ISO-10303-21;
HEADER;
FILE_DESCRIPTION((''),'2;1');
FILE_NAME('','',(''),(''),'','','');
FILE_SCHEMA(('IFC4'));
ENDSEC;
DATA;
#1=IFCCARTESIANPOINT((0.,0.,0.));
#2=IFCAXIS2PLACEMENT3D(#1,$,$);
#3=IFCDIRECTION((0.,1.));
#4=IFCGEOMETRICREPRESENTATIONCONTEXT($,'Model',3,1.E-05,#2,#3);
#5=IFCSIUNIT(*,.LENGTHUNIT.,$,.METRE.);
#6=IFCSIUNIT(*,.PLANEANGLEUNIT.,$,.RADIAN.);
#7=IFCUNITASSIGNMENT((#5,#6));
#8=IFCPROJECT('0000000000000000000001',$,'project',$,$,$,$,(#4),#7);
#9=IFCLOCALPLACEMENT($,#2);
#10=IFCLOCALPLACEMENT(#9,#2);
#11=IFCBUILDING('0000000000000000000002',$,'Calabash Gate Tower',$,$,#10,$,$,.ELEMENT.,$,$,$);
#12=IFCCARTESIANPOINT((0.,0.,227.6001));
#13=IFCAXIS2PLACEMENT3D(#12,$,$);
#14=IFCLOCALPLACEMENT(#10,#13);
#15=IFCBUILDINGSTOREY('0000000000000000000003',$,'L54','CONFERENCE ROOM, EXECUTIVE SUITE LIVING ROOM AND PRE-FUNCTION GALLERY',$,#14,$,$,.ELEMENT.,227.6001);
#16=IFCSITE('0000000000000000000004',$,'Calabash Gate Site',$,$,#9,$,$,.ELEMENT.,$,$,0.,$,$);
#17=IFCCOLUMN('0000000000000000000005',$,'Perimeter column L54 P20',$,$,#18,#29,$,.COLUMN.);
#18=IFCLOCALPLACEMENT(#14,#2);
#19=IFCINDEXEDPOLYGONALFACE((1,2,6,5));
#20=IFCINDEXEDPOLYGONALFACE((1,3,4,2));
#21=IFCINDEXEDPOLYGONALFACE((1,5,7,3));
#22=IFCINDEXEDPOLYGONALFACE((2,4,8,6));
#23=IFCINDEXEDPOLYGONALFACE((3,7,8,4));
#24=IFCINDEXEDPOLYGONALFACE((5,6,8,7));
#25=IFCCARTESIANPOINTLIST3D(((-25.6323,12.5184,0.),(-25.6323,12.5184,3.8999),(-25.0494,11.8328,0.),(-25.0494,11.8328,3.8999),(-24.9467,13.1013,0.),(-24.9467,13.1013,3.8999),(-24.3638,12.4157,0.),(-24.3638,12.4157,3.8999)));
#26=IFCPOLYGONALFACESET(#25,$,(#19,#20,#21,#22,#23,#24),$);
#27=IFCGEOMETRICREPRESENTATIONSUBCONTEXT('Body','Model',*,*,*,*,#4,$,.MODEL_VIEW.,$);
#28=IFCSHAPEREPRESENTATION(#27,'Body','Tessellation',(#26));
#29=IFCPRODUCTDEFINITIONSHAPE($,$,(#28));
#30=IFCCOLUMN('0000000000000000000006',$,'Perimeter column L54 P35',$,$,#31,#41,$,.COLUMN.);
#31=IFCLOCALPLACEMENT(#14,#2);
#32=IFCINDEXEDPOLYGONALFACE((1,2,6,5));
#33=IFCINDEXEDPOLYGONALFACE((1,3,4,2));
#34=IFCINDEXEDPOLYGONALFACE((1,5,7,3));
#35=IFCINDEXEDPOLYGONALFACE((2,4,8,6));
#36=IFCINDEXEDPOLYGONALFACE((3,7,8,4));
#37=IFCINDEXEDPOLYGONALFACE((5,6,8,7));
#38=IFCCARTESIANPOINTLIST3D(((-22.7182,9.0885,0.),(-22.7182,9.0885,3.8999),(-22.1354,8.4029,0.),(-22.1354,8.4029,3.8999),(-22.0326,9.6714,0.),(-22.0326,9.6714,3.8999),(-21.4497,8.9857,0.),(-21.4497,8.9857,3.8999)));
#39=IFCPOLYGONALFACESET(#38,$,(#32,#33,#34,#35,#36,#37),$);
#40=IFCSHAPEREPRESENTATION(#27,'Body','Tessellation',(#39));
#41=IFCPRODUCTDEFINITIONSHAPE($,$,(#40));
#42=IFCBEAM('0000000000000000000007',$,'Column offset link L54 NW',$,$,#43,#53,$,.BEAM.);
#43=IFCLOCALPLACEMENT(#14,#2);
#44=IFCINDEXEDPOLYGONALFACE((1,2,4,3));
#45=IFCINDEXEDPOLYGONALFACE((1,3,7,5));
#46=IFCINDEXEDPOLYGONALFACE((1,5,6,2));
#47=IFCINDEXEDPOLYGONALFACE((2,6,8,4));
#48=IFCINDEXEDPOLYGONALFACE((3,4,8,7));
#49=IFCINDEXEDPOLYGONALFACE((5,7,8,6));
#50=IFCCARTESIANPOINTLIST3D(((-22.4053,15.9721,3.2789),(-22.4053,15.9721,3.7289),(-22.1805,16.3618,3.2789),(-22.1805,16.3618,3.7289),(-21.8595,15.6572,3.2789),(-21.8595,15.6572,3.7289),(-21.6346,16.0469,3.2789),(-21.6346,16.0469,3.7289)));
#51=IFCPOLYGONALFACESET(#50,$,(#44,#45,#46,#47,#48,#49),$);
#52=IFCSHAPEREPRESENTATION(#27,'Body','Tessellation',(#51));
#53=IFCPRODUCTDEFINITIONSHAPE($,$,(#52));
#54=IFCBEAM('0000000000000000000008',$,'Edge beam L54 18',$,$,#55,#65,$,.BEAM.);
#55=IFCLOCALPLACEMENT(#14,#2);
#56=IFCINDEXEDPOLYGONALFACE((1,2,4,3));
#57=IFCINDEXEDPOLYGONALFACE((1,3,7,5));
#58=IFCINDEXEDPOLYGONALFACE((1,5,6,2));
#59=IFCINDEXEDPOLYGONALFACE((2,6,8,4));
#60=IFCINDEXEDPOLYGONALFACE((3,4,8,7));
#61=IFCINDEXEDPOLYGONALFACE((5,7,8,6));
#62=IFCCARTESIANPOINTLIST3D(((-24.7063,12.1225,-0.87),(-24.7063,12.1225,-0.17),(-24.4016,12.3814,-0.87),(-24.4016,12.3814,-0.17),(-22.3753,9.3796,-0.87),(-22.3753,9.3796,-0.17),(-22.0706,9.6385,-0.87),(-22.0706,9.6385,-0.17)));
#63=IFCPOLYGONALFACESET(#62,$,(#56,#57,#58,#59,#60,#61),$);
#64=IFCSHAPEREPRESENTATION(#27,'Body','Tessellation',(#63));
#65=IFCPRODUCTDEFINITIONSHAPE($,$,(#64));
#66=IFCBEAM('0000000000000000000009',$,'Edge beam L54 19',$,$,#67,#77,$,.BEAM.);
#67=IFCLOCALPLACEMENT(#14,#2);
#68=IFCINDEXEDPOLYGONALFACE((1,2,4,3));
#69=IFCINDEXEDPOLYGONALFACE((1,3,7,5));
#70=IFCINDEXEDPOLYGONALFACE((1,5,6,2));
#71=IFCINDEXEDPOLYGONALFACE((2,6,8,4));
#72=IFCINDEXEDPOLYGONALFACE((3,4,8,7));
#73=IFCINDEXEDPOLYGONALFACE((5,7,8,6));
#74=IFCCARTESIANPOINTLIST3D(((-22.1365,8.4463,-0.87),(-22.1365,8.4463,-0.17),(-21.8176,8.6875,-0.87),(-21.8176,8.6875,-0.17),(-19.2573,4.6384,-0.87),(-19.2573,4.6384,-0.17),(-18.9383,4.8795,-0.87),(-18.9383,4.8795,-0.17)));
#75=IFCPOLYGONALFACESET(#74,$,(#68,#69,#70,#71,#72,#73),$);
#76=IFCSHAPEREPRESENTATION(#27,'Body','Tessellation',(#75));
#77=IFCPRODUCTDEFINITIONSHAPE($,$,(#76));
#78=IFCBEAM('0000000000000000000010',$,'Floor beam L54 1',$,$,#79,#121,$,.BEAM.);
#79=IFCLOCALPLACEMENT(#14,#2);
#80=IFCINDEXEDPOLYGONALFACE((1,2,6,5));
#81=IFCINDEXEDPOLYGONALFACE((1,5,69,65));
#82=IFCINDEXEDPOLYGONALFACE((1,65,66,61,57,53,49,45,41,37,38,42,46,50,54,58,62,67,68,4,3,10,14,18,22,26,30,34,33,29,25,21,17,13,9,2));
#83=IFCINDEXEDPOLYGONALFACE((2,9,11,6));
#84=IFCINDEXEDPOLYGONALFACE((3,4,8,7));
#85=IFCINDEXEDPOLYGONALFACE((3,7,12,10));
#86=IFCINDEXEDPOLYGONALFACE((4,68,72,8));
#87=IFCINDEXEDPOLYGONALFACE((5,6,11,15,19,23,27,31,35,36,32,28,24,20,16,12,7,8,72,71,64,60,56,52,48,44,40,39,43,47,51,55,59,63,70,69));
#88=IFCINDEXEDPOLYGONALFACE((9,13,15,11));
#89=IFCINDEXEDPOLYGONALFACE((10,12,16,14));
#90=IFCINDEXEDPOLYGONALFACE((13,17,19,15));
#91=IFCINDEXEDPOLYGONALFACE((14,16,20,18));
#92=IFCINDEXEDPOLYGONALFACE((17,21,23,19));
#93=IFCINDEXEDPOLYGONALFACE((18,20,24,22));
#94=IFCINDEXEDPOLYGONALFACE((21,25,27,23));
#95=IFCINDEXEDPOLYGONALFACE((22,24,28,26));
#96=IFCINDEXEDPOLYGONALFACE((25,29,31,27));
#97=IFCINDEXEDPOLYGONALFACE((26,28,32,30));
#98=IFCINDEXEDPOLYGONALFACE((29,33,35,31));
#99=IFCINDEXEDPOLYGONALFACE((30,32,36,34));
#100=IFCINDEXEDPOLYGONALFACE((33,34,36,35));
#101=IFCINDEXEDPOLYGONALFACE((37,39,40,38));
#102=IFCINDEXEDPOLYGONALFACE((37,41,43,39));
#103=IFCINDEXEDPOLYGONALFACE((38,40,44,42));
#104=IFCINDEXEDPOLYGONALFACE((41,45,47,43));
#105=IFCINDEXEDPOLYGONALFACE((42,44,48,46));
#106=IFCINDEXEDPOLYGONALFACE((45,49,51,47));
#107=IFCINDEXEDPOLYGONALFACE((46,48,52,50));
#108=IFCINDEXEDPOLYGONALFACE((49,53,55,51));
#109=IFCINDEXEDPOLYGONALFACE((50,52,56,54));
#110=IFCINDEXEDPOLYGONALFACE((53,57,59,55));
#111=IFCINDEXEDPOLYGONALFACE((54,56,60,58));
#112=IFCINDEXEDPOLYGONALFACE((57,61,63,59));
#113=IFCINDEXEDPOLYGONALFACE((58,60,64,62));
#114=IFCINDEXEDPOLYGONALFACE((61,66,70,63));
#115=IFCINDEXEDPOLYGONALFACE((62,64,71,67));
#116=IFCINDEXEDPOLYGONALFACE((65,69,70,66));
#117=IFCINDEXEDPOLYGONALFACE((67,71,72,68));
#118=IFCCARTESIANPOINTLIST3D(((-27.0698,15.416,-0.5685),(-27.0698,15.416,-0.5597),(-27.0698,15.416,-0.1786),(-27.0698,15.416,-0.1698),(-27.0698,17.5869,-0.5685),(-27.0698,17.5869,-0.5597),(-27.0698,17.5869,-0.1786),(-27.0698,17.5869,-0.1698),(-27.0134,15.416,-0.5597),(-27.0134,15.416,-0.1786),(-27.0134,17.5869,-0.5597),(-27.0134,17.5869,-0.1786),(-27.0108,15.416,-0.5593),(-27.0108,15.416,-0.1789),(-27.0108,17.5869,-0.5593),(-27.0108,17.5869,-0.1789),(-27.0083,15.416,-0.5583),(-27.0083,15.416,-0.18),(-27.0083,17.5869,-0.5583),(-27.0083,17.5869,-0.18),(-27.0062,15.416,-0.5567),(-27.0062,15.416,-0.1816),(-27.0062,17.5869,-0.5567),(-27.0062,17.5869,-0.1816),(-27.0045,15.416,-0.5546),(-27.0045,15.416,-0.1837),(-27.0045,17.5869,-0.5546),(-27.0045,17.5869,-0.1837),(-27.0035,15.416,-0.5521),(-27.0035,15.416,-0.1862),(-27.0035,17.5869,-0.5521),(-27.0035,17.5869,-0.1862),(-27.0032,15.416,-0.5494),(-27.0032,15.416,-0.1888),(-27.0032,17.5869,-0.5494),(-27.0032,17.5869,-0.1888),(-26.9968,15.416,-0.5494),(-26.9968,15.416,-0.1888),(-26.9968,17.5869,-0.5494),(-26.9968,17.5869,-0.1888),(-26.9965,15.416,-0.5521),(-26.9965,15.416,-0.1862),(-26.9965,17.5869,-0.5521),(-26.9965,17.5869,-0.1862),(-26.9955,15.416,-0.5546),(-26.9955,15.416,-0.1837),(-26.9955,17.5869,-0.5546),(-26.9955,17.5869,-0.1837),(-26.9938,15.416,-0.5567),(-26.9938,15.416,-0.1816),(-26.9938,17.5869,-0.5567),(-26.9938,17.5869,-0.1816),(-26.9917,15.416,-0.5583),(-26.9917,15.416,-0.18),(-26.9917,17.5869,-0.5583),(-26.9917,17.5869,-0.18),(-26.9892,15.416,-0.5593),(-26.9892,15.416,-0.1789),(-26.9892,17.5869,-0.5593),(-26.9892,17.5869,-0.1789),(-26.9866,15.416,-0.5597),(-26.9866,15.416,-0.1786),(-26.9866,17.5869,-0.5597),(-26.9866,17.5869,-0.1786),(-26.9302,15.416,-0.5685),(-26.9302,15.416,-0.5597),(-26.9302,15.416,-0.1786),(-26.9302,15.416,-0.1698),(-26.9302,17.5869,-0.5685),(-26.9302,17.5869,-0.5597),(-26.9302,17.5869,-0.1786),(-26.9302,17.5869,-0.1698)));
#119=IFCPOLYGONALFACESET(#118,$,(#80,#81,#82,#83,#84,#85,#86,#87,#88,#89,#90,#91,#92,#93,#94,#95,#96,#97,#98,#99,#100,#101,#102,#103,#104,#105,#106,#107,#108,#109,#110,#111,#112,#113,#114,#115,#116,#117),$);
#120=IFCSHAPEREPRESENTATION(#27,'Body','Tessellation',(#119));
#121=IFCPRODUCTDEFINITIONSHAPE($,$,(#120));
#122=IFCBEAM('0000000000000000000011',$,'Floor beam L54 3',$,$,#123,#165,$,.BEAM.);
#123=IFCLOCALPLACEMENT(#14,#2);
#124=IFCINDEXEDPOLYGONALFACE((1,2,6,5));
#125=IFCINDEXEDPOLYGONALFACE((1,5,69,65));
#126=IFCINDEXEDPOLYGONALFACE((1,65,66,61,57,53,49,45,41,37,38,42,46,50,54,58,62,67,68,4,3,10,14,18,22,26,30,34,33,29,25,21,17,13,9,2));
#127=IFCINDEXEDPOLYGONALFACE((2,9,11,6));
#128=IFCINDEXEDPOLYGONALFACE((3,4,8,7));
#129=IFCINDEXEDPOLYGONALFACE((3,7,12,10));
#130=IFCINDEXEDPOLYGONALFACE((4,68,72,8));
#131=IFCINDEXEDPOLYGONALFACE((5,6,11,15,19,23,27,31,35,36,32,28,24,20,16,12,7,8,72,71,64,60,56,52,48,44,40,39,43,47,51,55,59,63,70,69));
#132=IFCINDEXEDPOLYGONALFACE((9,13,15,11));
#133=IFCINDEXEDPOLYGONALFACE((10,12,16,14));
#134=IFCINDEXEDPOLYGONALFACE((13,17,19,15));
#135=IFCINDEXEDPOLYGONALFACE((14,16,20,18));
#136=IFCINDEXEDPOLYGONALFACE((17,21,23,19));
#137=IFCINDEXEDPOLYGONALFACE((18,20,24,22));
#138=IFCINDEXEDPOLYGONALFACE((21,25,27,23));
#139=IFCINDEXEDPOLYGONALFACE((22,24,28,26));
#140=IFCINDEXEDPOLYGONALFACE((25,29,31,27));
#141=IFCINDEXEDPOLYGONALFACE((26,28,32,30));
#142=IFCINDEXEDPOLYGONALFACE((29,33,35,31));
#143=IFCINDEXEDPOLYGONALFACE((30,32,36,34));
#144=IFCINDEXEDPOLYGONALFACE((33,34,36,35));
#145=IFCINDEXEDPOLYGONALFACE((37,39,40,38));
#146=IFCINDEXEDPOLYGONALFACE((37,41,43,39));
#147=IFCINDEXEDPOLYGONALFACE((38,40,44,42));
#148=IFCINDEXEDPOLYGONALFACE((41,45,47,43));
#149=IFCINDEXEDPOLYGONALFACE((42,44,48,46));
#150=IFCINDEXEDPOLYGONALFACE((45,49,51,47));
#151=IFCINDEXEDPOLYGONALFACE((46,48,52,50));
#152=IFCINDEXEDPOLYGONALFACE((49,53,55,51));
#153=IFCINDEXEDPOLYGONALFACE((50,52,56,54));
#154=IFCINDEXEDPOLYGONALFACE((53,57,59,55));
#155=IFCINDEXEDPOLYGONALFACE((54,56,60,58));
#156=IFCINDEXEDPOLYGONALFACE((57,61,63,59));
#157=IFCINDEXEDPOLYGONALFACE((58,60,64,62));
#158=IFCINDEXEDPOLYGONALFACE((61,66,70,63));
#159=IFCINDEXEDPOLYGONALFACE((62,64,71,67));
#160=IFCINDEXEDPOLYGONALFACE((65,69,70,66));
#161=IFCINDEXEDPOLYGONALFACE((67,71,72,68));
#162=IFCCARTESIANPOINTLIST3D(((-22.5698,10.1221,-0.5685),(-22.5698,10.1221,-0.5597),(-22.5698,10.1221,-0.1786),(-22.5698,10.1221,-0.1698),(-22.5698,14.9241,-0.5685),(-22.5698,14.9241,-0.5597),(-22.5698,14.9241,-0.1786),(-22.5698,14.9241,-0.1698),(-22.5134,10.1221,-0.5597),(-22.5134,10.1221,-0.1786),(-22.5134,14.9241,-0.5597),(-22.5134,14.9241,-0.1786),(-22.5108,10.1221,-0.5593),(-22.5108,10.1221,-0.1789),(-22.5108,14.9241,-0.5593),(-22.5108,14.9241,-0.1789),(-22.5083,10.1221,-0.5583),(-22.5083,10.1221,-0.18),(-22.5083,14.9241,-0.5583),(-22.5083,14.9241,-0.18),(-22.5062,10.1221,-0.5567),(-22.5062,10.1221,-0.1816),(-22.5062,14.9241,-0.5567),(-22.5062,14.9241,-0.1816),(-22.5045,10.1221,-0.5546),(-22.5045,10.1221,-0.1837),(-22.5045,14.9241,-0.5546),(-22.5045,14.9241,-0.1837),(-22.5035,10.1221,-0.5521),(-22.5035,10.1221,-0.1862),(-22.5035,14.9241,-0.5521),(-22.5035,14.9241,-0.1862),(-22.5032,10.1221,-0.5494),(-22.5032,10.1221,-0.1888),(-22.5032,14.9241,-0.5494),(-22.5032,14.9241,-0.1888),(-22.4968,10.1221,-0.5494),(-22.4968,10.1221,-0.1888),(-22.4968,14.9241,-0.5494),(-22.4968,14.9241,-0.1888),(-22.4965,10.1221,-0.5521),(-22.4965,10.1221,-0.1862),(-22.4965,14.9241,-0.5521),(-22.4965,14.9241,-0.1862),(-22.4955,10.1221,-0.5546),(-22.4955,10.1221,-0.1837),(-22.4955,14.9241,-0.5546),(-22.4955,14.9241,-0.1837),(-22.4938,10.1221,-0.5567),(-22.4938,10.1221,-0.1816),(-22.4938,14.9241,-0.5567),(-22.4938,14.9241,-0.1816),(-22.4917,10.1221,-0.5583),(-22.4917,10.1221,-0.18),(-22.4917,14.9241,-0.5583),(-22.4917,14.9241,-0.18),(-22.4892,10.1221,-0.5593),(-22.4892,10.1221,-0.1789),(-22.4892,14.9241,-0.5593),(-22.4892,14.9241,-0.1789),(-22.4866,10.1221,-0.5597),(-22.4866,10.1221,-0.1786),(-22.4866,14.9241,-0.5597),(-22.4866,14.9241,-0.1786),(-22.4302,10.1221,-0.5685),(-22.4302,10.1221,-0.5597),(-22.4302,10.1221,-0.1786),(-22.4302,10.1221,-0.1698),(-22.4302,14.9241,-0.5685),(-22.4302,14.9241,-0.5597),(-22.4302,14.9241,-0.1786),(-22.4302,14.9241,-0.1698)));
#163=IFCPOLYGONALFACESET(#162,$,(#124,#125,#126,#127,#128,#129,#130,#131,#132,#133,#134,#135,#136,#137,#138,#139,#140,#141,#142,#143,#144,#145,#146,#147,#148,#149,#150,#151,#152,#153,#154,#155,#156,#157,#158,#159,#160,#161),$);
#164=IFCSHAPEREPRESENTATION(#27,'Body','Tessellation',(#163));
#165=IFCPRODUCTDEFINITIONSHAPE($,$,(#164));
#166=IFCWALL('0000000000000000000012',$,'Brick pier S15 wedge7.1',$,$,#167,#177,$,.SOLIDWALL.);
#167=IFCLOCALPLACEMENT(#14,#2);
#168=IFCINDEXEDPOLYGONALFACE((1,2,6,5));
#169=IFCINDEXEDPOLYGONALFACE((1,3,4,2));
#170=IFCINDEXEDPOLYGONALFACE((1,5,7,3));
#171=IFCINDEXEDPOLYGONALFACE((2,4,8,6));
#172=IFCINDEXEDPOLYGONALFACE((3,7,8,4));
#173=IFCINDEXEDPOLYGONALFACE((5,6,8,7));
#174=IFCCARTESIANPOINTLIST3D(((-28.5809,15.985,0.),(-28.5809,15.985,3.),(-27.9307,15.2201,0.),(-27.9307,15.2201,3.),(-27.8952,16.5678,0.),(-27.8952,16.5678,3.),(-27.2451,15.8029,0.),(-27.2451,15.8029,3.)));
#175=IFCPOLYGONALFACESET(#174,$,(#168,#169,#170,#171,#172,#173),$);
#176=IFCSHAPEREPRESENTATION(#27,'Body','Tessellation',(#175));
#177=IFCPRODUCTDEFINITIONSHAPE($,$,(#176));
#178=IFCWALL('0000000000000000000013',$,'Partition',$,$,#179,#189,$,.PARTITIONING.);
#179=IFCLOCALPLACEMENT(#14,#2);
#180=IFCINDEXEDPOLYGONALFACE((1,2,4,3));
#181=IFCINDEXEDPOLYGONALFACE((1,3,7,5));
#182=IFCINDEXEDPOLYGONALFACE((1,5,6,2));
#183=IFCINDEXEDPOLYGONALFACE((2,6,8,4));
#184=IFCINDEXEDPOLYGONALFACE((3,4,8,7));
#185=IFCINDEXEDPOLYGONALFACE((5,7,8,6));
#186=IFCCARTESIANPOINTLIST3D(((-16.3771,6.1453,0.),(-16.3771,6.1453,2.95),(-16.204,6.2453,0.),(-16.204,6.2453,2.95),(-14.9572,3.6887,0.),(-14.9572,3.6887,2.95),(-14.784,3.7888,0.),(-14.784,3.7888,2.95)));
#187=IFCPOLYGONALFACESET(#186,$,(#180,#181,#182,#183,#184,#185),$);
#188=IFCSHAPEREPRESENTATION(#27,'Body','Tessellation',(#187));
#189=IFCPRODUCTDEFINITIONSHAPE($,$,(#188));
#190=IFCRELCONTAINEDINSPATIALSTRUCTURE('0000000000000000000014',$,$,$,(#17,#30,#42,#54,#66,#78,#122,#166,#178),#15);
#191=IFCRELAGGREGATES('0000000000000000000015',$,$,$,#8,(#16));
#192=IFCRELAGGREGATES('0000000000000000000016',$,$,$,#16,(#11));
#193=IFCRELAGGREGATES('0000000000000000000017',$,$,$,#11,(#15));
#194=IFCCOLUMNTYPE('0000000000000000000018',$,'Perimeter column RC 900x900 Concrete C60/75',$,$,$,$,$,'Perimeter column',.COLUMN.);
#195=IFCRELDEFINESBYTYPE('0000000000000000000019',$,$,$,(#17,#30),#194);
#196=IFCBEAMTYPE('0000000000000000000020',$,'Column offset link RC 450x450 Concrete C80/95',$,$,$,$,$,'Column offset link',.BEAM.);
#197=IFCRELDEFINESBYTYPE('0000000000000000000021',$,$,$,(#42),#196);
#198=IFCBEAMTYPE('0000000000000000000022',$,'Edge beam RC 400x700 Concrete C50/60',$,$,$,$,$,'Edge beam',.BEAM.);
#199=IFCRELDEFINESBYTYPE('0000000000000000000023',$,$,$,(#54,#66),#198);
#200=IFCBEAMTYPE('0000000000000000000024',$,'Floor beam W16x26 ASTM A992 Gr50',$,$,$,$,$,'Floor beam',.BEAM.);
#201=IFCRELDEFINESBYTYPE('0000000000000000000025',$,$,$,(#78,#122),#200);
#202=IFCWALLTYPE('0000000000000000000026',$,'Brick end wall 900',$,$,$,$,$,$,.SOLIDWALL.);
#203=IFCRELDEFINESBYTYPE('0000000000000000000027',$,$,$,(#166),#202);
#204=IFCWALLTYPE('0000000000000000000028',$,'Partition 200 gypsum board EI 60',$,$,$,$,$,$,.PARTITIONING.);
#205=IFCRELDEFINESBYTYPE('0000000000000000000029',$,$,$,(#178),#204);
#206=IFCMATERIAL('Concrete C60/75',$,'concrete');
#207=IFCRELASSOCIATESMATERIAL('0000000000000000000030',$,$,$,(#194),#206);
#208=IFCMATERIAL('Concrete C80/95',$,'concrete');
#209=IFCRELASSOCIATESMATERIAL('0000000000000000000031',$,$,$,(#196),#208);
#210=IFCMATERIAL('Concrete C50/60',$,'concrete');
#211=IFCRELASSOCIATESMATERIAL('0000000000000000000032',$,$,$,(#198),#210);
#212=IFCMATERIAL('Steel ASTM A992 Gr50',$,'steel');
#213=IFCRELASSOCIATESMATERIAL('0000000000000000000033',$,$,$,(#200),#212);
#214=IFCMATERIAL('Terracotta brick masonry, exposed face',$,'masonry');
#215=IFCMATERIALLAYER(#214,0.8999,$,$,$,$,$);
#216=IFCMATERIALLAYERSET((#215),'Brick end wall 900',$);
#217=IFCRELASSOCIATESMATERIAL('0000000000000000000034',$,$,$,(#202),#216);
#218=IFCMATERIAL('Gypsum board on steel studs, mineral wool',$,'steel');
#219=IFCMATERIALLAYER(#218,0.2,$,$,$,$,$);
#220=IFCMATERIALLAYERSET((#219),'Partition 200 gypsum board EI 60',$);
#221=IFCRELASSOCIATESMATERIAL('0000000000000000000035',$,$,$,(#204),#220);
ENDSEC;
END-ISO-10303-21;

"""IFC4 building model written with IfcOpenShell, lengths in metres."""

from ifc_helpers import new_model, si_unit, direction, frame, frame_2d, origin, origin_2d, place, context, subcontext, project, spatial, rectangle, i_section, extrude, material, layer, layer_set, material_profile, profile_set, type_object, element, save


model = new_model("IFC4")

# Units and contexts
model_context = context("Model", 3, precision=1e-05, world=origin(), true_north=direction((0.0, 1.0)))
body_context = subcontext(model_context, "Body", "Model", "MODEL_VIEW")
ifc_project = project(units=[si_unit("LENGTHUNIT", "METRE"), si_unit("PLANEANGLEUNIT", "RADIAN")], contexts=[model_context])

# Site, building, storey
site_placement = place(None, origin())
site = spatial("IfcSite", under=ifc_project, at=site_placement, Name="Calabash Gate Site", CompositionType="ELEMENT", RefElevation=0.0)
building_placement = place(site_placement, origin())
building = spatial("IfcBuilding", under=site, at=building_placement, Name="Calabash Gate Tower", CompositionType="ELEMENT")
storey_placement = place(building_placement, frame((0.0, 0.0, 227.6001)))
storey = spatial("IfcBuildingStorey", under=building, at=storey_placement, Name="L54", Description="CONFERENCE ROOM, EXECUTIVE SUITE LIVING ROOM AND PRE-FUNCTION GALLERY", CompositionType="ELEMENT", Elevation=227.6001)

# Columns
ifc_material_1 = material(Name="Concrete C60/75", Category="concrete")
ifc_material_profile_1 = material_profile(ifc_material_1, rectangle(XDim=0.8999, YDim=0.8999, at=origin_2d()))
ifc_profile_set_1 = profile_set([ifc_material_profile_1], Name="Concrete C60/75")
column_type = type_object("IfcColumnType", Name="Perimeter column RC 900x900 Concrete C60/75", ElementType="Perimeter column", PredefinedType="COLUMN", material=ifc_profile_set_1)
for number, where, z_axis, x_axis, name in (
    (1, (-24.998, 12.467, 0.0), (0.0, 0.0, 1.0), (0.647704, -0.761892, 0.0), "Perimeter column L54 P20"),
    (2, (-22.084, 9.0371, 0.0), (0.0, 0.0, 1.0), (0.647704, -0.761892, 0.0), "Perimeter column L54 P35"),
):
    element("IfcColumn", number, at=place(storey_placement, frame(where, z_axis=z_axis, x_axis=x_axis)), inside=storey, type_object=column_type, Name=name, PredefinedType="COLUMN", context=body_context, shape_type="SweptSolid", body=[
        extrude(rectangle(XDim=0.8999, YDim=0.8999, at=origin_2d()), origin(), (0.0, 0.0, 1.0), 3.8999),
    ])

# Beams
ifc_material_2 = material(Name="Concrete C80/95", Category="concrete")
ifc_material_profile_2 = material_profile(ifc_material_2, rectangle(XDim=0.45, YDim=0.45, at=origin_2d()))
ifc_profile_set_2 = profile_set([ifc_material_profile_2], Name="Concrete C80/95")
beam_type_1 = type_object("IfcBeamType", Name="Column offset link RC 450x450 Concrete C80/95", ElementType="Column offset link", PredefinedType="BEAM", material=ifc_profile_set_2)
beam_1_placement = place(storey_placement, frame((-21.7471, 15.8521, 3.5039), z_axis=(-0.866186, 0.499722, 0.0), x_axis=(-0.499722, -0.866186, 0.0)))
element("IfcBeam", 3, at=beam_1_placement, inside=storey, type_object=beam_type_1, Name="Column offset link L54 NW", PredefinedType="BEAM", context=body_context, shape_type="SweptSolid", body=[
    extrude(rectangle(XDim=0.45, YDim=0.45, at=origin_2d()), origin(), (0.0, 0.0, 1.0), 0.6301),
])
ifc_material_3 = material(Name="Concrete C50/60", Category="concrete")
ifc_material_profile_3 = material_profile(ifc_material_3, rectangle(XDim=0.3999, YDim=0.7, at=origin_2d()))
ifc_profile_set_3 = profile_set([ifc_material_profile_3], Name="Concrete C50/60")
beam_type_2 = type_object("IfcBeamType", Name="Edge beam RC 400x700 Concrete C50/60", ElementType="Edge beam", PredefinedType="BEAM", material=ifc_profile_set_3)
beam_2_placement = place(storey_placement, frame((-24.554, 12.252, -0.52), z_axis=(0.64758, -0.761998, 0.0), x_axis=(0.761998, 0.64758, 0.0)))
element("IfcBeam", 4, at=beam_2_placement, inside=storey, type_object=beam_type_2, Name="Edge beam L54 18", PredefinedType="BEAM", context=body_context, shape_type="SweptSolid", body=[
    extrude(rectangle(XDim=0.3999, YDim=0.7, at=origin_2d()), origin(), (0.0, 0.0, 1.0), 3.5996),
])
beam_3_placement = place(storey_placement, frame((-21.9771, 8.5669, -0.52), z_axis=(0.603113, -0.797656, 0.0), x_axis=(0.797656, 0.603113, 0.0)))
element("IfcBeam", 5, at=beam_3_placement, inside=storey, type_object=beam_type_2, Name="Edge beam L54 19", PredefinedType="BEAM", context=body_context, shape_type="SweptSolid", body=[
    extrude(rectangle(XDim=0.3999, YDim=0.7, at=origin_2d()), origin(), (0.0, 0.0, 1.0), 4.7739),
])
ifc_material_4 = material(Name="Steel ASTM A992 Gr50", Category="steel")
ifc_material_profile_4 = material_profile(ifc_material_4, i_section(OverallWidth=0.1396, OverallDepth=0.3987, WebThickness=0.0063, FlangeThickness=0.0088, FilletRadius=0.0103, at=origin_2d()))
ifc_profile_set_4 = profile_set([ifc_material_profile_4], Name="Steel ASTM A992 Gr50")
beam_type_3 = type_object("IfcBeamType", Name="Floor beam W16x26 ASTM A992 Gr50", ElementType="Floor beam", PredefinedType="BEAM", material=ifc_profile_set_4)
beam_4_placement = place(storey_placement, frame((-27.0, 15.416, -0.3691), z_axis=(0.0, 1.0, 0.0), x_axis=(-1.0, 0.0, 0.0)))
element("IfcBeam", 6, at=beam_4_placement, inside=storey, type_object=beam_type_3, Name="Floor beam L54 1", PredefinedType="BEAM", context=body_context, shape_type="SweptSolid", body=[
    extrude(i_section(OverallWidth=0.1396, OverallDepth=0.3987, WebThickness=0.0063, FlangeThickness=0.0088, FilletRadius=0.0103, at=origin_2d()), origin(), (0.0, 0.0, 1.0), 2.1709),
])
beam_5_placement = place(storey_placement, frame((-22.5, 10.1221, -0.3691), z_axis=(0.0, 1.0, 0.0), x_axis=(-1.0, 0.0, 0.0)))
element("IfcBeam", 7, at=beam_5_placement, inside=storey, type_object=beam_type_3, Name="Floor beam L54 3", PredefinedType="BEAM", context=body_context, shape_type="SweptSolid", body=[
    extrude(i_section(OverallWidth=0.1396, OverallDepth=0.3987, WebThickness=0.0063, FlangeThickness=0.0088, FilletRadius=0.0103, at=origin_2d()), origin(), (0.0, 0.0, 1.0), 4.802),
])

# Walls
ifc_material_5 = material(Name="Terracotta brick masonry, exposed face", Category="masonry")
ifc_layer_1 = layer(ifc_material_5, 0.8999)
ifc_layer_set_1 = layer_set([ifc_layer_1], Name="Brick end wall 900")
wall_type_1 = type_object("IfcWallType", Name="Brick end wall 900", PredefinedType="SOLIDWALL", material=ifc_layer_set_1)
wall_1_placement = place(storey_placement, frame((-27.5879, 15.5115, 0.0), z_axis=(0.0, 0.0, 1.0), x_axis=(-0.647641, 0.761945, 0.0)))
element("IfcWall", 8, at=wall_1_placement, inside=storey, type_object=wall_type_1, Name="Brick pier S15 wedge7.1", PredefinedType="SOLIDWALL", context=body_context, shape_type="SweptSolid", body=[
    extrude(rectangle(XDim=1.0039, YDim=0.8999, at=frame_2d((0.502, 0.0))), origin(), (0.0, 0.0, 1.0), 3.0),
])
ifc_material_6 = material(Name="Gypsum board on steel studs, mineral wool", Category="steel")
ifc_layer_2 = layer(ifc_material_6, 0.2)
ifc_layer_set_2 = layer_set([ifc_layer_2], Name="Partition 200 gypsum board EI 60")
wall_type_2 = type_object("IfcWallType", Name="Partition 200 gypsum board EI 60", PredefinedType="PARTITIONING", material=ifc_layer_set_2)
wall_2_placement = place(storey_placement, frame((-16.2905, 6.1953, 0.0), z_axis=(0.0, 0.0, 1.0), x_axis=(0.500432, -0.865776, 0.0)))
element("IfcWall", 9, at=wall_2_placement, inside=storey, type_object=wall_type_2, Name="Partition", PredefinedType="PARTITIONING", context=body_context, shape_type="SweptSolid", body=[
    extrude(rectangle(XDim=2.8374, YDim=0.2, at=frame_2d((1.4187, 0.0))), origin(), (0.0, 0.0, 1.0), 2.95),
])

save(model, "model.ifc")
